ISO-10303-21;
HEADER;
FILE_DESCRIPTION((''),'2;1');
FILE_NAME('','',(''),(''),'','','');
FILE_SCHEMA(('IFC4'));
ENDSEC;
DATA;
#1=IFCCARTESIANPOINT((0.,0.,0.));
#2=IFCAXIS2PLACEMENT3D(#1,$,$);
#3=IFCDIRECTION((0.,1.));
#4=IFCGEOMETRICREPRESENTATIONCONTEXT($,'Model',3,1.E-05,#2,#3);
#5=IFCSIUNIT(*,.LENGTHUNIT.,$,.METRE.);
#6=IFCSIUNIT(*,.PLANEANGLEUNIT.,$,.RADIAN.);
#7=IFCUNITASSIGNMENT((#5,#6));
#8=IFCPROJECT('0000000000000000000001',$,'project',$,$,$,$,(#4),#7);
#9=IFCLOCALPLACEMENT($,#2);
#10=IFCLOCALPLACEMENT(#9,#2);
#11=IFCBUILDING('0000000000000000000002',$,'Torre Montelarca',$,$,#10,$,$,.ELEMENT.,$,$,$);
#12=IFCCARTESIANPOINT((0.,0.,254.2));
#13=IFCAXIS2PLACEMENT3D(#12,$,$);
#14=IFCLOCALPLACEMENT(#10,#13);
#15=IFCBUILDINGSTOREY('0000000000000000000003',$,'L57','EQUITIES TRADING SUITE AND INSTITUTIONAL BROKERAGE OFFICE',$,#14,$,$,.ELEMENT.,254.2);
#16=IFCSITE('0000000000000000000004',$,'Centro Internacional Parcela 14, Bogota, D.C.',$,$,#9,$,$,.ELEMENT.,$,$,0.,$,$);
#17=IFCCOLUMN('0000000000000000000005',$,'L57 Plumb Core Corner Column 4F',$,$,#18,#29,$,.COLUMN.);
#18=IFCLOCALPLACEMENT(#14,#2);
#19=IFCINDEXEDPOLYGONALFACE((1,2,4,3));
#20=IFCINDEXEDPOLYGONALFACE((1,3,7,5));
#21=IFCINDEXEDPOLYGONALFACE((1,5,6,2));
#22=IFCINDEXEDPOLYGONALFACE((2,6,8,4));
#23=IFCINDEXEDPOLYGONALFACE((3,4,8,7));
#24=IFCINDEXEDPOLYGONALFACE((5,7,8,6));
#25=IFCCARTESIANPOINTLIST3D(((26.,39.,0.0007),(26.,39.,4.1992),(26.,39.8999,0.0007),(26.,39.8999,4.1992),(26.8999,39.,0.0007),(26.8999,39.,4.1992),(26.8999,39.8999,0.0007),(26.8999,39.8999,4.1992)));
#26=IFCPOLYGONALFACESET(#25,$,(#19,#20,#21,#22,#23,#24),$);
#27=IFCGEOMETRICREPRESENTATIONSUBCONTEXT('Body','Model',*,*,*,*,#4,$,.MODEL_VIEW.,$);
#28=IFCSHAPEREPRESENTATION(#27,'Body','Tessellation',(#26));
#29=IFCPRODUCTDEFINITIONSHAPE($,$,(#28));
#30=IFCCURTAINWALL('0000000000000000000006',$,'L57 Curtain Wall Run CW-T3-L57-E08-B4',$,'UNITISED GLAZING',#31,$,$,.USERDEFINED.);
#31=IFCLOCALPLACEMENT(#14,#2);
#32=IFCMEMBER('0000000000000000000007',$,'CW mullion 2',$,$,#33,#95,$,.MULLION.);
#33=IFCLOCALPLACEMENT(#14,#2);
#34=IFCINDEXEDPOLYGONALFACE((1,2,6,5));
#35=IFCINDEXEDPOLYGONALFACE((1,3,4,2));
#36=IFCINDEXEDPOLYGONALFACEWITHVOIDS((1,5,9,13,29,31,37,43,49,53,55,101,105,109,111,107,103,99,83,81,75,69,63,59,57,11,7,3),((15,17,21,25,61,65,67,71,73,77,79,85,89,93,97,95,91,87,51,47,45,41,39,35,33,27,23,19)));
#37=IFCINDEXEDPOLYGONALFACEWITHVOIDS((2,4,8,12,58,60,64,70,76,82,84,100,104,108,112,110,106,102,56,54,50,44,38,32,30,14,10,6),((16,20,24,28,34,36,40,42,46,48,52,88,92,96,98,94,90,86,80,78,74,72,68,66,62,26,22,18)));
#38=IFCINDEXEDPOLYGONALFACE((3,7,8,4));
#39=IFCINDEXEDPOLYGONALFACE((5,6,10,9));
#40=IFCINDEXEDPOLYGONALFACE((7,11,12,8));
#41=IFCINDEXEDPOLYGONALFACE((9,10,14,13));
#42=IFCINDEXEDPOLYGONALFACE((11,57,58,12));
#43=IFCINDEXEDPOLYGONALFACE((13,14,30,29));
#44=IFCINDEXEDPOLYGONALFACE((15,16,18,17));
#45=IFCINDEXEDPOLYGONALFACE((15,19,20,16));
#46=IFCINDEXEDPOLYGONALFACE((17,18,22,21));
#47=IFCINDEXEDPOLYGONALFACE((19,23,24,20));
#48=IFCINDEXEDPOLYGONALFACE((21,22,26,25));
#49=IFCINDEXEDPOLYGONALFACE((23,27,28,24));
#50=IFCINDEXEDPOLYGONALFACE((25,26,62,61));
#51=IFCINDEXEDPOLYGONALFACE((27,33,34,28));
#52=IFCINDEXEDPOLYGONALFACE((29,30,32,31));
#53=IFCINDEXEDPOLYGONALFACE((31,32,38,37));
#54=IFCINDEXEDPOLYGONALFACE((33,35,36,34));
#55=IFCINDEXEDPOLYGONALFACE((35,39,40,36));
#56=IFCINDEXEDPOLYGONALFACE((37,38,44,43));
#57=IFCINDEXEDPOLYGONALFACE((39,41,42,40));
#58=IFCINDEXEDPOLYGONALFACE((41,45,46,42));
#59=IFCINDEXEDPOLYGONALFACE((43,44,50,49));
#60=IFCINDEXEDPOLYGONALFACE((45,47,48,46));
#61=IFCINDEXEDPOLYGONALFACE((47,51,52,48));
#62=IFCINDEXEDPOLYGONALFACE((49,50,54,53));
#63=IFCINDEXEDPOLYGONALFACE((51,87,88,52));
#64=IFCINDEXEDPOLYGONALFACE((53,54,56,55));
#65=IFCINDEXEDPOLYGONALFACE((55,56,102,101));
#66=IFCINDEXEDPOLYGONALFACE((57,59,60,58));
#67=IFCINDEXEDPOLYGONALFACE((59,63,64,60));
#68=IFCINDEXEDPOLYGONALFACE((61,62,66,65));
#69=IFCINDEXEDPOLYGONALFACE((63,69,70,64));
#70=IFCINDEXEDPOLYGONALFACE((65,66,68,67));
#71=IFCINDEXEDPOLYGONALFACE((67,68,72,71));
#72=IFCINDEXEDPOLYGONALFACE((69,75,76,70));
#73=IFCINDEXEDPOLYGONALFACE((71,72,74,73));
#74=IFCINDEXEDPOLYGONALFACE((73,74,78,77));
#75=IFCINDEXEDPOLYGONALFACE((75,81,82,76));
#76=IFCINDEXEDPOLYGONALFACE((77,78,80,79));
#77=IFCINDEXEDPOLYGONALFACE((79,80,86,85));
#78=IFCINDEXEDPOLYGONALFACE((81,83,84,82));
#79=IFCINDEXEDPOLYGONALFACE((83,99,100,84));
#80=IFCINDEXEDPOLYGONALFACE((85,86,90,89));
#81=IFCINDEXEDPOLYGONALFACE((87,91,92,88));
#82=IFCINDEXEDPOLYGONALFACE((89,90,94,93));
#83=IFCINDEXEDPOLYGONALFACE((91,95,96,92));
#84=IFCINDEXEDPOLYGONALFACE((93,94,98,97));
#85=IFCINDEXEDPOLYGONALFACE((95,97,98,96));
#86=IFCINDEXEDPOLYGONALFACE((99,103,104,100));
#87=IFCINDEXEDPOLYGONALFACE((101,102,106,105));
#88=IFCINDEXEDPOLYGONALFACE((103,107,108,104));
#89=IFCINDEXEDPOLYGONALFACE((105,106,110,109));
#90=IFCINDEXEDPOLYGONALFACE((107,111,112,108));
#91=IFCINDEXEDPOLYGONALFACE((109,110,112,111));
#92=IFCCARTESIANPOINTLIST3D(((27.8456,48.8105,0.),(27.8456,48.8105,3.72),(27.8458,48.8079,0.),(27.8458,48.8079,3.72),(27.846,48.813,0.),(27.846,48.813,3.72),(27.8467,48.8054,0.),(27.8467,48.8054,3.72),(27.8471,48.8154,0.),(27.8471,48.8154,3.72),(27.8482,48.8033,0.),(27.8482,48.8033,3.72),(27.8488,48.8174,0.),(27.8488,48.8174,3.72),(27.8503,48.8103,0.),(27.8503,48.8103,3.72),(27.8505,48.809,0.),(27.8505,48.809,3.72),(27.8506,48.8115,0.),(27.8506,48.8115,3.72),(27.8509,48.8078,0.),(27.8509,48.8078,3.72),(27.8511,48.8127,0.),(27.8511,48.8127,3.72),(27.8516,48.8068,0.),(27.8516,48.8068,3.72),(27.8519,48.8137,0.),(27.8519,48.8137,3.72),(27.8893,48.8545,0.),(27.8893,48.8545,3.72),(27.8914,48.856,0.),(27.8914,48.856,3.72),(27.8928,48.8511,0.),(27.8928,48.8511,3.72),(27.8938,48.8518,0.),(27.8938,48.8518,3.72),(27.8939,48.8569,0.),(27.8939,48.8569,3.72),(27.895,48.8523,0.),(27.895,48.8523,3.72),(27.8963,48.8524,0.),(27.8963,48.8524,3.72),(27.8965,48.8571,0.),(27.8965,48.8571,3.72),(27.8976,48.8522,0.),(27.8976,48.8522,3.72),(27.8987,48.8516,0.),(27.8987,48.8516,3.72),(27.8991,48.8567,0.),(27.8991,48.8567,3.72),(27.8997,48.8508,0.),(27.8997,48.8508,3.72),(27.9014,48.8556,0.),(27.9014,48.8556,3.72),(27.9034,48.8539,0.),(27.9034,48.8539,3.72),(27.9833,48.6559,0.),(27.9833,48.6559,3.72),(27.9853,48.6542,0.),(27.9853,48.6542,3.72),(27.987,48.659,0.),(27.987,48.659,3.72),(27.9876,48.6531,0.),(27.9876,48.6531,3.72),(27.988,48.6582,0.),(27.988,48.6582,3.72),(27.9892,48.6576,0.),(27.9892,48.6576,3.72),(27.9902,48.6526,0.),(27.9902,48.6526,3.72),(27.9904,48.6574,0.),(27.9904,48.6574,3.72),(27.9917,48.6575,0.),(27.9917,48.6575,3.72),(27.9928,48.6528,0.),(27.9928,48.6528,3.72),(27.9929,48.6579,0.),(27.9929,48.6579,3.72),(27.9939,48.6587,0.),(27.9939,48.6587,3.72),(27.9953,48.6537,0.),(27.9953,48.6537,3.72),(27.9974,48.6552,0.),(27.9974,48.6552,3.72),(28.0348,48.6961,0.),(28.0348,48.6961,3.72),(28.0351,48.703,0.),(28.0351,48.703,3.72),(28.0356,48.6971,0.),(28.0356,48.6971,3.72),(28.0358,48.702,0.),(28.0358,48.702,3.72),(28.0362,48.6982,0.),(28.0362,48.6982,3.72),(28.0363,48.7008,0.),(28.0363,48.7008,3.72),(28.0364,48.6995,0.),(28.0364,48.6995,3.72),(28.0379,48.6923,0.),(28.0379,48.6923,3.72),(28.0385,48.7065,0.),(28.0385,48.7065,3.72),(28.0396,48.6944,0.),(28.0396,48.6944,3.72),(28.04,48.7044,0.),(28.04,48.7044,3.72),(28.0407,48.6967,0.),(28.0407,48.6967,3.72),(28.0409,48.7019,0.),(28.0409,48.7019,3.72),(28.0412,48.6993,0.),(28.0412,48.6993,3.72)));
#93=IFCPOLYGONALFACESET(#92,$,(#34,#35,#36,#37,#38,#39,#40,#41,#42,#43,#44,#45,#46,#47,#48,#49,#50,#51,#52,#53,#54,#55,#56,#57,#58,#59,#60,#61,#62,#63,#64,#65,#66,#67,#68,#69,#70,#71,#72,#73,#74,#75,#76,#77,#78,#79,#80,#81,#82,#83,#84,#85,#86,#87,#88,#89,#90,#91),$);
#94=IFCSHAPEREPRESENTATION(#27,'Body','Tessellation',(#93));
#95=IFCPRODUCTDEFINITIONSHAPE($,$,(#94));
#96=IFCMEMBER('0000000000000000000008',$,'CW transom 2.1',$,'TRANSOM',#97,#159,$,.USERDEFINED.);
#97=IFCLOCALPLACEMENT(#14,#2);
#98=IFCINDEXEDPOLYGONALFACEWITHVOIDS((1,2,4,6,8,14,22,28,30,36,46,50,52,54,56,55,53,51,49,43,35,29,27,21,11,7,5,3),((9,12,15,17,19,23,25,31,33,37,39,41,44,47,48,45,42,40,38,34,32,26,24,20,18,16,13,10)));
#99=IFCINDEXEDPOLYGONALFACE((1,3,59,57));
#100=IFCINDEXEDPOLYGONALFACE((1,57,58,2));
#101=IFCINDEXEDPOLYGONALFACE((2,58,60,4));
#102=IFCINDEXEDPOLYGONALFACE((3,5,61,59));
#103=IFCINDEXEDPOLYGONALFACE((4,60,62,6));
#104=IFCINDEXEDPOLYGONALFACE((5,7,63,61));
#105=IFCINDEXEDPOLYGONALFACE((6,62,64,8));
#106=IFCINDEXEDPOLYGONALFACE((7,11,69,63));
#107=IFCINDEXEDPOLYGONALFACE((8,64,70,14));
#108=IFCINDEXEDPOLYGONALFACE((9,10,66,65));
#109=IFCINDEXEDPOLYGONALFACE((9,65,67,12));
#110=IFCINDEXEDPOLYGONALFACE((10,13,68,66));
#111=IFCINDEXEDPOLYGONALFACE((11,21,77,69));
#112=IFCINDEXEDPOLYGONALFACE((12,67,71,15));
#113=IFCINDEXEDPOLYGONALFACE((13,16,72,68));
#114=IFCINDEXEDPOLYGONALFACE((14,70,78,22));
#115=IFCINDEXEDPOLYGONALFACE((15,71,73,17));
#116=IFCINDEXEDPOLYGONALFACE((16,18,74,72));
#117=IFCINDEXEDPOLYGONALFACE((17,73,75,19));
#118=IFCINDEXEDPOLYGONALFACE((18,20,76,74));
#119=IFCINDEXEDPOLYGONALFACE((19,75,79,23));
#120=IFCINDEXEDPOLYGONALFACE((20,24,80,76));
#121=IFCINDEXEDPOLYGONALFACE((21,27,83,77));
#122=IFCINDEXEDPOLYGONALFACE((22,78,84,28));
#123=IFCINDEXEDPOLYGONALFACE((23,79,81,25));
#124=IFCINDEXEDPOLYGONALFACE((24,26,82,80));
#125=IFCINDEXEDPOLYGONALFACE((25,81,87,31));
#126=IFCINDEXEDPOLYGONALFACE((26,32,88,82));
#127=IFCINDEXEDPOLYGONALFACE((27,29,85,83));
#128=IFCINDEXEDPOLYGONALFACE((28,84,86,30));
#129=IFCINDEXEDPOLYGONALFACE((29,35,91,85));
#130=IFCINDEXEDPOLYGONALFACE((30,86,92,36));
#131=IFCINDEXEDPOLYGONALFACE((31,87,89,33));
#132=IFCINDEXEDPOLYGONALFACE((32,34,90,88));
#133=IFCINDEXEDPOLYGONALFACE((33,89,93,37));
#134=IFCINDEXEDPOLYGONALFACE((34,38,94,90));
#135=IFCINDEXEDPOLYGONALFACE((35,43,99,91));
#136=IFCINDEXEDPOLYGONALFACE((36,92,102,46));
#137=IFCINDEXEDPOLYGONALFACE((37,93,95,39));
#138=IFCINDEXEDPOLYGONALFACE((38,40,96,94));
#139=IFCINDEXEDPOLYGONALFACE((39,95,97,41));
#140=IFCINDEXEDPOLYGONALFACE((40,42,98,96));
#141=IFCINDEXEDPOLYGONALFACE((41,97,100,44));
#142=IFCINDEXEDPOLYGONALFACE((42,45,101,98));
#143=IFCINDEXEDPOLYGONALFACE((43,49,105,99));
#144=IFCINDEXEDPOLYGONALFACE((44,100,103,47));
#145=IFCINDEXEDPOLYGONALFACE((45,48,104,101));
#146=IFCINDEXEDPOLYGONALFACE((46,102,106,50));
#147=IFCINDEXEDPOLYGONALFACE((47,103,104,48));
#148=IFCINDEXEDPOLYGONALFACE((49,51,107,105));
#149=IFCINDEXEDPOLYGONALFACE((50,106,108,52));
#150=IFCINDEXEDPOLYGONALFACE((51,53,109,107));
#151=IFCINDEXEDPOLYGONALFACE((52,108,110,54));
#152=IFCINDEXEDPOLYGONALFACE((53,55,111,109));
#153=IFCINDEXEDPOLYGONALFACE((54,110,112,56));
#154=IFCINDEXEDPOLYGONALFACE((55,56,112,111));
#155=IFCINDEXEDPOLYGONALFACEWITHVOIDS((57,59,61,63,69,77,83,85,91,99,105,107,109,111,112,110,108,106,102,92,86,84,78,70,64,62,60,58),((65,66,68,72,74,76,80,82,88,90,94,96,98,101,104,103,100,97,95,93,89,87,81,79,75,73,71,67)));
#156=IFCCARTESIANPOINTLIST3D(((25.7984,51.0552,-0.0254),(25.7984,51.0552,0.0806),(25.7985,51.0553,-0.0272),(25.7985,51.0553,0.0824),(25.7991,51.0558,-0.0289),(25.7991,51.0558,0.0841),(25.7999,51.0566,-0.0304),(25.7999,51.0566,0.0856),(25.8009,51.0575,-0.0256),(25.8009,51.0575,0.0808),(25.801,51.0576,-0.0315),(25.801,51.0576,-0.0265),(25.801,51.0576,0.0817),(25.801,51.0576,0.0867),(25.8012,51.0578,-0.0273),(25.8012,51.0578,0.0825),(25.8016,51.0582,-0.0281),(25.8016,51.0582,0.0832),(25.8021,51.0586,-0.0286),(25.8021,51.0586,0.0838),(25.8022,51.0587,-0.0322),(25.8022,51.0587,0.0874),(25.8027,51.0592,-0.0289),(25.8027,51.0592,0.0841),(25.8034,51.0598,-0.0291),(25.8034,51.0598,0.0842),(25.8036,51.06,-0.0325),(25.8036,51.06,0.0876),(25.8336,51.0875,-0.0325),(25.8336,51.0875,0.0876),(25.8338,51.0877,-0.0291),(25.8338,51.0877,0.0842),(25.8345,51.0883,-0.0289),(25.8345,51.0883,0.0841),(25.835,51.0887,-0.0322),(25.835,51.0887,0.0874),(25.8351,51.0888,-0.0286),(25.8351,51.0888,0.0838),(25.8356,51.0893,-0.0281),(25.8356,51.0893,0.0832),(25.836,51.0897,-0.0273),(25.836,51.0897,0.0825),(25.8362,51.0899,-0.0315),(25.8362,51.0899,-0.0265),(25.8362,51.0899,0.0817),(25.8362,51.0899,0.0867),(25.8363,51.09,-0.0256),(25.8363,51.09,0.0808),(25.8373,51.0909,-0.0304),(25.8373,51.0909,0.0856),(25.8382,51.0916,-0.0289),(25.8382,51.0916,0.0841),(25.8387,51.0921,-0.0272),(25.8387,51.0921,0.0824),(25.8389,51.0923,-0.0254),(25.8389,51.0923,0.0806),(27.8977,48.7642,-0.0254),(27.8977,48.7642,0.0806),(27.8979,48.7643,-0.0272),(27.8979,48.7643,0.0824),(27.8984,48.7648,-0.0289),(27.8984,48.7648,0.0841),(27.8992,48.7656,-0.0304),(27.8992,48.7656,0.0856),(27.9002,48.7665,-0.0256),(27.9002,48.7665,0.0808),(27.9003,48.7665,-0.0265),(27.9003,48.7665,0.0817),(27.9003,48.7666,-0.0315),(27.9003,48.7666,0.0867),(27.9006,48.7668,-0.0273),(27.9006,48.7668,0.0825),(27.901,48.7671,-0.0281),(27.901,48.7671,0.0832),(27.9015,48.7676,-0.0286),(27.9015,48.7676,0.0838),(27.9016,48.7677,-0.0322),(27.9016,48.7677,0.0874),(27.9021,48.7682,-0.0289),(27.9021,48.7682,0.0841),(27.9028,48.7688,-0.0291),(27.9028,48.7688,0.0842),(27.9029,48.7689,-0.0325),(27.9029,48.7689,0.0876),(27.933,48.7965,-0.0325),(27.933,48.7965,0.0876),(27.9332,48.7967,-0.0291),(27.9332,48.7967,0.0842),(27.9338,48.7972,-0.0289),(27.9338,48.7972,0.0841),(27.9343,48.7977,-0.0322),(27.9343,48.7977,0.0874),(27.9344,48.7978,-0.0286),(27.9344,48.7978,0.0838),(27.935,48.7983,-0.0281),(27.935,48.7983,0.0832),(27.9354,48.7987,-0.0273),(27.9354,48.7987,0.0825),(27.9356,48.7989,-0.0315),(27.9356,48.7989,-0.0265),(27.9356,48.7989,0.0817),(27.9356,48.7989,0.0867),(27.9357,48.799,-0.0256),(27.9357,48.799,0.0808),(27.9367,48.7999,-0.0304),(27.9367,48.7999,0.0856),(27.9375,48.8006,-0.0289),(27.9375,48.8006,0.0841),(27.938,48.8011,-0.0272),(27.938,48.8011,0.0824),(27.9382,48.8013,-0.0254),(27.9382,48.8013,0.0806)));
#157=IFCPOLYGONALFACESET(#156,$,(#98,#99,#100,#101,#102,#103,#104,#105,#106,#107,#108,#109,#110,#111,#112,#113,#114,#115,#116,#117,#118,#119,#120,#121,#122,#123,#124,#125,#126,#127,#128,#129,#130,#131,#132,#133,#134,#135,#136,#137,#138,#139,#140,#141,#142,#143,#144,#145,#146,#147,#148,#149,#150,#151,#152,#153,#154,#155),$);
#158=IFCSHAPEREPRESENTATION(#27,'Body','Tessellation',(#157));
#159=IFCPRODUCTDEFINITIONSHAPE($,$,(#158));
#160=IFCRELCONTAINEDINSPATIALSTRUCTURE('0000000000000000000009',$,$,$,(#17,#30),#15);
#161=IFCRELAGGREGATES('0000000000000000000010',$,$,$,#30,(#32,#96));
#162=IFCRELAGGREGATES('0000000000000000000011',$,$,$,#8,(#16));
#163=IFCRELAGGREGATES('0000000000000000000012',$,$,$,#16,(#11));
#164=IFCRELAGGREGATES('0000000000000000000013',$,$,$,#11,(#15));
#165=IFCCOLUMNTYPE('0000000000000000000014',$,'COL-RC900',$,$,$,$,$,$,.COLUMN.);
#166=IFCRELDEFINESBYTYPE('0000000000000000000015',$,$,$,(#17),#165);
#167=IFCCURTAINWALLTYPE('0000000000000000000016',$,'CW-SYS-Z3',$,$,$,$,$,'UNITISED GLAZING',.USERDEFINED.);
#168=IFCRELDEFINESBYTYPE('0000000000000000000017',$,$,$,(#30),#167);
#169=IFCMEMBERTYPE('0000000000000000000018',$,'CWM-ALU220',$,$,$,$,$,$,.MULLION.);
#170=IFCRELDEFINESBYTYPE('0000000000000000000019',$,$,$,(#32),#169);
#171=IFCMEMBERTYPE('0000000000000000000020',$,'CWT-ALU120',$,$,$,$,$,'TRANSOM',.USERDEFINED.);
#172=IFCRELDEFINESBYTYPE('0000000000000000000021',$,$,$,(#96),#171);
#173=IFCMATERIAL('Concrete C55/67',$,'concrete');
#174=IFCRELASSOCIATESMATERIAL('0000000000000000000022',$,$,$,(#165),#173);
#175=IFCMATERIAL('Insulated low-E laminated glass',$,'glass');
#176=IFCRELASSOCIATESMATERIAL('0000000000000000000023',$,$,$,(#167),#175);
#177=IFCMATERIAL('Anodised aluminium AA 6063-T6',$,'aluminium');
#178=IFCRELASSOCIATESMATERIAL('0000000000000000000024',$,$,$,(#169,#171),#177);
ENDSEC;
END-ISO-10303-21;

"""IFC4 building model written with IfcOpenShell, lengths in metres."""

from ifc_helpers import new_model, si_unit, direction, frame, origin, origin_2d, place, context, subcontext, project, spatial, rectangle, hollow_rectangle, extrude, source, transform, mapped, material, material_profile, profile_set, type_object, element, aggregate, save


model = new_model("IFC4")

# Units and contexts
model_context = context("Model", 3, precision=1e-05, world=origin(), true_north=direction((0.0, 1.0)))
body_context = subcontext(model_context, "Body", "Model", "MODEL_VIEW")
ifc_project = project(units=[si_unit("LENGTHUNIT", "METRE"), si_unit("PLANEANGLEUNIT", "RADIAN")], contexts=[model_context])

# Site, building, storey
site_placement = place(None, origin())
site = spatial("IfcSite", under=ifc_project, at=site_placement, Name="Centro Internacional Parcela 14, Bogota, D.C.", CompositionType="ELEMENT", RefElevation=0.0)
building_placement = place(site_placement, origin())
building = spatial("IfcBuilding", under=site, at=building_placement, Name="Torre Montelarca", CompositionType="ELEMENT")
storey_placement = place(building_placement, frame((0.0, 0.0, 254.2)))
storey = spatial("IfcBuildingStorey", under=building, at=storey_placement, Name="L57", Description="EQUITIES TRADING SUITE AND INSTITUTIONAL BROKERAGE OFFICE", CompositionType="ELEMENT", Elevation=254.2)

# Column
ifc_material_1 = material(Name="Concrete C55/67", Category="concrete")
ifc_material_profile_1 = material_profile(ifc_material_1, rectangle(XDim=0.8999, YDim=0.8999, at=origin_2d()), Name="RC900X900", Category="concrete")
ifc_profile_set_1 = profile_set([ifc_material_profile_1], Name="Concrete C55/67")
column_type = type_object("IfcColumnType", Name="COL-RC900", PredefinedType="COLUMN", material=ifc_profile_set_1)
shared_shape_1 = source(origin(), body_context, "Body", "SweptSolid", [
    extrude(rectangle(XDim=0.8999, YDim=0.8999, at=origin_2d()), origin(), (0.0, 0.0, 1.0), 4.1985),
])
column_placement = place(storey_placement, frame((26.45, 39.45, 0.0007), z_axis=(0.0, 0.0, 1.0), x_axis=(1.0, 0.0, 0.0)))
element("IfcColumn", 1, at=column_placement, inside=storey, type_object=column_type, Name="L57 Plumb Core Corner Column 4F", PredefinedType="COLUMN", context=body_context, shape_type="MappedRepresentation", body=[
    mapped(shared_shape_1, transform((0.0, 0.0, 0.0), scale=1.0)),
])

# Curtain wall, members
ifc_material_2 = material(Name="Insulated low-E laminated glass", Category="glass")
curtain_wall_type = type_object("IfcCurtainWallType", Name="CW-SYS-Z3", ElementType="UNITISED GLAZING", PredefinedType="USERDEFINED", material=ifc_material_2)
curtain_wall_placement = place(storey_placement, origin())
curtain_wall = element("IfcCurtainWall", 2, at=curtain_wall_placement, inside=storey, type_object=curtain_wall_type, Name="L57 Curtain Wall Run CW-T3-L57-E08-B4", ObjectType="UNITISED GLAZING", PredefinedType="USERDEFINED")
ifc_material_3 = material(Name="Anodised aluminium AA 6063-T6", Category="aluminium")
ifc_material_profile_2 = material_profile(ifc_material_3, hollow_rectangle(XDim=0.075, YDim=0.22, WallThickness=0.0049, InnerFilletRadius=0.0049, OuterFilletRadius=0.01, at=origin_2d()), Name="ALU75X220X5", Category="aluminium")
ifc_profile_set_2 = profile_set([ifc_material_profile_2], Name="Anodised aluminium AA 6063-T6")
member_type_1 = type_object("IfcMemberType", Name="CWM-ALU220", PredefinedType="MULLION", material=ifc_profile_set_2)
shared_shape_2 = source(origin(), body_context, "Body", "SweptSolid", [
    extrude(hollow_rectangle(XDim=0.075, YDim=0.22, WallThickness=0.0049, InnerFilletRadius=0.0049, OuterFilletRadius=0.01, at=origin_2d()), origin(), (0.0, 0.0, 1.0), 3.72),
])
member_1_placement = place(storey_placement, frame((27.9434, 48.7549, 0.0), z_axis=(0.0, 0.0, 1.0), x_axis=(-0.73728, -0.675588, 0.0)))
member_1 = element("IfcMember", 3, at=member_1_placement, type_object=member_type_1, Name="CW mullion 2", PredefinedType="MULLION", context=body_context, shape_type="MappedRepresentation", body=[
    mapped(shared_shape_2, transform((0.0, 0.0, 0.0), scale=1.0)),
])
ifc_material_profile_3 = material_profile(ifc_material_3, hollow_rectangle(XDim=0.0549, YDim=0.1201, WallThickness=0.0034, InnerFilletRadius=0.0034, OuterFilletRadius=0.0071, at=origin_2d()), Name="ALU55X120X3.5", Category="aluminium")
ifc_profile_set_3 = profile_set([ifc_material_profile_3], Name="Anodised aluminium AA 6063-T6")
member_type_2 = type_object("IfcMemberType", Name="CWT-ALU120", ElementType="TRANSOM", PredefinedType="USERDEFINED", material=ifc_profile_set_3)
shared_shape_3 = source(origin(), body_context, "Body", "SweptSolid", [
    extrude(hollow_rectangle(XDim=0.0549, YDim=0.1201, WallThickness=0.0034, InnerFilletRadius=0.0034, OuterFilletRadius=0.0071, at=origin_2d()), origin(), (0.0, 0.0, 1.0), 3.1074),
])
member_2_placement = place(storey_placement, frame((27.918, 48.7827, 0.0276), z_axis=(-0.675597, 0.737272, 0.0), x_axis=(-0.737272, -0.675597, 0.0)))
member_2 = element("IfcMember", 4, at=member_2_placement, type_object=member_type_2, Name="CW transom 2.1", ObjectType="TRANSOM", PredefinedType="USERDEFINED", context=body_context, shape_type="MappedRepresentation", body=[
    mapped(shared_shape_3, transform((0.0, 0.0, 0.0), scale=1.0)),
])
aggregate(curtain_wall, [member_1, member_2])

save(model, "model.ifc")
